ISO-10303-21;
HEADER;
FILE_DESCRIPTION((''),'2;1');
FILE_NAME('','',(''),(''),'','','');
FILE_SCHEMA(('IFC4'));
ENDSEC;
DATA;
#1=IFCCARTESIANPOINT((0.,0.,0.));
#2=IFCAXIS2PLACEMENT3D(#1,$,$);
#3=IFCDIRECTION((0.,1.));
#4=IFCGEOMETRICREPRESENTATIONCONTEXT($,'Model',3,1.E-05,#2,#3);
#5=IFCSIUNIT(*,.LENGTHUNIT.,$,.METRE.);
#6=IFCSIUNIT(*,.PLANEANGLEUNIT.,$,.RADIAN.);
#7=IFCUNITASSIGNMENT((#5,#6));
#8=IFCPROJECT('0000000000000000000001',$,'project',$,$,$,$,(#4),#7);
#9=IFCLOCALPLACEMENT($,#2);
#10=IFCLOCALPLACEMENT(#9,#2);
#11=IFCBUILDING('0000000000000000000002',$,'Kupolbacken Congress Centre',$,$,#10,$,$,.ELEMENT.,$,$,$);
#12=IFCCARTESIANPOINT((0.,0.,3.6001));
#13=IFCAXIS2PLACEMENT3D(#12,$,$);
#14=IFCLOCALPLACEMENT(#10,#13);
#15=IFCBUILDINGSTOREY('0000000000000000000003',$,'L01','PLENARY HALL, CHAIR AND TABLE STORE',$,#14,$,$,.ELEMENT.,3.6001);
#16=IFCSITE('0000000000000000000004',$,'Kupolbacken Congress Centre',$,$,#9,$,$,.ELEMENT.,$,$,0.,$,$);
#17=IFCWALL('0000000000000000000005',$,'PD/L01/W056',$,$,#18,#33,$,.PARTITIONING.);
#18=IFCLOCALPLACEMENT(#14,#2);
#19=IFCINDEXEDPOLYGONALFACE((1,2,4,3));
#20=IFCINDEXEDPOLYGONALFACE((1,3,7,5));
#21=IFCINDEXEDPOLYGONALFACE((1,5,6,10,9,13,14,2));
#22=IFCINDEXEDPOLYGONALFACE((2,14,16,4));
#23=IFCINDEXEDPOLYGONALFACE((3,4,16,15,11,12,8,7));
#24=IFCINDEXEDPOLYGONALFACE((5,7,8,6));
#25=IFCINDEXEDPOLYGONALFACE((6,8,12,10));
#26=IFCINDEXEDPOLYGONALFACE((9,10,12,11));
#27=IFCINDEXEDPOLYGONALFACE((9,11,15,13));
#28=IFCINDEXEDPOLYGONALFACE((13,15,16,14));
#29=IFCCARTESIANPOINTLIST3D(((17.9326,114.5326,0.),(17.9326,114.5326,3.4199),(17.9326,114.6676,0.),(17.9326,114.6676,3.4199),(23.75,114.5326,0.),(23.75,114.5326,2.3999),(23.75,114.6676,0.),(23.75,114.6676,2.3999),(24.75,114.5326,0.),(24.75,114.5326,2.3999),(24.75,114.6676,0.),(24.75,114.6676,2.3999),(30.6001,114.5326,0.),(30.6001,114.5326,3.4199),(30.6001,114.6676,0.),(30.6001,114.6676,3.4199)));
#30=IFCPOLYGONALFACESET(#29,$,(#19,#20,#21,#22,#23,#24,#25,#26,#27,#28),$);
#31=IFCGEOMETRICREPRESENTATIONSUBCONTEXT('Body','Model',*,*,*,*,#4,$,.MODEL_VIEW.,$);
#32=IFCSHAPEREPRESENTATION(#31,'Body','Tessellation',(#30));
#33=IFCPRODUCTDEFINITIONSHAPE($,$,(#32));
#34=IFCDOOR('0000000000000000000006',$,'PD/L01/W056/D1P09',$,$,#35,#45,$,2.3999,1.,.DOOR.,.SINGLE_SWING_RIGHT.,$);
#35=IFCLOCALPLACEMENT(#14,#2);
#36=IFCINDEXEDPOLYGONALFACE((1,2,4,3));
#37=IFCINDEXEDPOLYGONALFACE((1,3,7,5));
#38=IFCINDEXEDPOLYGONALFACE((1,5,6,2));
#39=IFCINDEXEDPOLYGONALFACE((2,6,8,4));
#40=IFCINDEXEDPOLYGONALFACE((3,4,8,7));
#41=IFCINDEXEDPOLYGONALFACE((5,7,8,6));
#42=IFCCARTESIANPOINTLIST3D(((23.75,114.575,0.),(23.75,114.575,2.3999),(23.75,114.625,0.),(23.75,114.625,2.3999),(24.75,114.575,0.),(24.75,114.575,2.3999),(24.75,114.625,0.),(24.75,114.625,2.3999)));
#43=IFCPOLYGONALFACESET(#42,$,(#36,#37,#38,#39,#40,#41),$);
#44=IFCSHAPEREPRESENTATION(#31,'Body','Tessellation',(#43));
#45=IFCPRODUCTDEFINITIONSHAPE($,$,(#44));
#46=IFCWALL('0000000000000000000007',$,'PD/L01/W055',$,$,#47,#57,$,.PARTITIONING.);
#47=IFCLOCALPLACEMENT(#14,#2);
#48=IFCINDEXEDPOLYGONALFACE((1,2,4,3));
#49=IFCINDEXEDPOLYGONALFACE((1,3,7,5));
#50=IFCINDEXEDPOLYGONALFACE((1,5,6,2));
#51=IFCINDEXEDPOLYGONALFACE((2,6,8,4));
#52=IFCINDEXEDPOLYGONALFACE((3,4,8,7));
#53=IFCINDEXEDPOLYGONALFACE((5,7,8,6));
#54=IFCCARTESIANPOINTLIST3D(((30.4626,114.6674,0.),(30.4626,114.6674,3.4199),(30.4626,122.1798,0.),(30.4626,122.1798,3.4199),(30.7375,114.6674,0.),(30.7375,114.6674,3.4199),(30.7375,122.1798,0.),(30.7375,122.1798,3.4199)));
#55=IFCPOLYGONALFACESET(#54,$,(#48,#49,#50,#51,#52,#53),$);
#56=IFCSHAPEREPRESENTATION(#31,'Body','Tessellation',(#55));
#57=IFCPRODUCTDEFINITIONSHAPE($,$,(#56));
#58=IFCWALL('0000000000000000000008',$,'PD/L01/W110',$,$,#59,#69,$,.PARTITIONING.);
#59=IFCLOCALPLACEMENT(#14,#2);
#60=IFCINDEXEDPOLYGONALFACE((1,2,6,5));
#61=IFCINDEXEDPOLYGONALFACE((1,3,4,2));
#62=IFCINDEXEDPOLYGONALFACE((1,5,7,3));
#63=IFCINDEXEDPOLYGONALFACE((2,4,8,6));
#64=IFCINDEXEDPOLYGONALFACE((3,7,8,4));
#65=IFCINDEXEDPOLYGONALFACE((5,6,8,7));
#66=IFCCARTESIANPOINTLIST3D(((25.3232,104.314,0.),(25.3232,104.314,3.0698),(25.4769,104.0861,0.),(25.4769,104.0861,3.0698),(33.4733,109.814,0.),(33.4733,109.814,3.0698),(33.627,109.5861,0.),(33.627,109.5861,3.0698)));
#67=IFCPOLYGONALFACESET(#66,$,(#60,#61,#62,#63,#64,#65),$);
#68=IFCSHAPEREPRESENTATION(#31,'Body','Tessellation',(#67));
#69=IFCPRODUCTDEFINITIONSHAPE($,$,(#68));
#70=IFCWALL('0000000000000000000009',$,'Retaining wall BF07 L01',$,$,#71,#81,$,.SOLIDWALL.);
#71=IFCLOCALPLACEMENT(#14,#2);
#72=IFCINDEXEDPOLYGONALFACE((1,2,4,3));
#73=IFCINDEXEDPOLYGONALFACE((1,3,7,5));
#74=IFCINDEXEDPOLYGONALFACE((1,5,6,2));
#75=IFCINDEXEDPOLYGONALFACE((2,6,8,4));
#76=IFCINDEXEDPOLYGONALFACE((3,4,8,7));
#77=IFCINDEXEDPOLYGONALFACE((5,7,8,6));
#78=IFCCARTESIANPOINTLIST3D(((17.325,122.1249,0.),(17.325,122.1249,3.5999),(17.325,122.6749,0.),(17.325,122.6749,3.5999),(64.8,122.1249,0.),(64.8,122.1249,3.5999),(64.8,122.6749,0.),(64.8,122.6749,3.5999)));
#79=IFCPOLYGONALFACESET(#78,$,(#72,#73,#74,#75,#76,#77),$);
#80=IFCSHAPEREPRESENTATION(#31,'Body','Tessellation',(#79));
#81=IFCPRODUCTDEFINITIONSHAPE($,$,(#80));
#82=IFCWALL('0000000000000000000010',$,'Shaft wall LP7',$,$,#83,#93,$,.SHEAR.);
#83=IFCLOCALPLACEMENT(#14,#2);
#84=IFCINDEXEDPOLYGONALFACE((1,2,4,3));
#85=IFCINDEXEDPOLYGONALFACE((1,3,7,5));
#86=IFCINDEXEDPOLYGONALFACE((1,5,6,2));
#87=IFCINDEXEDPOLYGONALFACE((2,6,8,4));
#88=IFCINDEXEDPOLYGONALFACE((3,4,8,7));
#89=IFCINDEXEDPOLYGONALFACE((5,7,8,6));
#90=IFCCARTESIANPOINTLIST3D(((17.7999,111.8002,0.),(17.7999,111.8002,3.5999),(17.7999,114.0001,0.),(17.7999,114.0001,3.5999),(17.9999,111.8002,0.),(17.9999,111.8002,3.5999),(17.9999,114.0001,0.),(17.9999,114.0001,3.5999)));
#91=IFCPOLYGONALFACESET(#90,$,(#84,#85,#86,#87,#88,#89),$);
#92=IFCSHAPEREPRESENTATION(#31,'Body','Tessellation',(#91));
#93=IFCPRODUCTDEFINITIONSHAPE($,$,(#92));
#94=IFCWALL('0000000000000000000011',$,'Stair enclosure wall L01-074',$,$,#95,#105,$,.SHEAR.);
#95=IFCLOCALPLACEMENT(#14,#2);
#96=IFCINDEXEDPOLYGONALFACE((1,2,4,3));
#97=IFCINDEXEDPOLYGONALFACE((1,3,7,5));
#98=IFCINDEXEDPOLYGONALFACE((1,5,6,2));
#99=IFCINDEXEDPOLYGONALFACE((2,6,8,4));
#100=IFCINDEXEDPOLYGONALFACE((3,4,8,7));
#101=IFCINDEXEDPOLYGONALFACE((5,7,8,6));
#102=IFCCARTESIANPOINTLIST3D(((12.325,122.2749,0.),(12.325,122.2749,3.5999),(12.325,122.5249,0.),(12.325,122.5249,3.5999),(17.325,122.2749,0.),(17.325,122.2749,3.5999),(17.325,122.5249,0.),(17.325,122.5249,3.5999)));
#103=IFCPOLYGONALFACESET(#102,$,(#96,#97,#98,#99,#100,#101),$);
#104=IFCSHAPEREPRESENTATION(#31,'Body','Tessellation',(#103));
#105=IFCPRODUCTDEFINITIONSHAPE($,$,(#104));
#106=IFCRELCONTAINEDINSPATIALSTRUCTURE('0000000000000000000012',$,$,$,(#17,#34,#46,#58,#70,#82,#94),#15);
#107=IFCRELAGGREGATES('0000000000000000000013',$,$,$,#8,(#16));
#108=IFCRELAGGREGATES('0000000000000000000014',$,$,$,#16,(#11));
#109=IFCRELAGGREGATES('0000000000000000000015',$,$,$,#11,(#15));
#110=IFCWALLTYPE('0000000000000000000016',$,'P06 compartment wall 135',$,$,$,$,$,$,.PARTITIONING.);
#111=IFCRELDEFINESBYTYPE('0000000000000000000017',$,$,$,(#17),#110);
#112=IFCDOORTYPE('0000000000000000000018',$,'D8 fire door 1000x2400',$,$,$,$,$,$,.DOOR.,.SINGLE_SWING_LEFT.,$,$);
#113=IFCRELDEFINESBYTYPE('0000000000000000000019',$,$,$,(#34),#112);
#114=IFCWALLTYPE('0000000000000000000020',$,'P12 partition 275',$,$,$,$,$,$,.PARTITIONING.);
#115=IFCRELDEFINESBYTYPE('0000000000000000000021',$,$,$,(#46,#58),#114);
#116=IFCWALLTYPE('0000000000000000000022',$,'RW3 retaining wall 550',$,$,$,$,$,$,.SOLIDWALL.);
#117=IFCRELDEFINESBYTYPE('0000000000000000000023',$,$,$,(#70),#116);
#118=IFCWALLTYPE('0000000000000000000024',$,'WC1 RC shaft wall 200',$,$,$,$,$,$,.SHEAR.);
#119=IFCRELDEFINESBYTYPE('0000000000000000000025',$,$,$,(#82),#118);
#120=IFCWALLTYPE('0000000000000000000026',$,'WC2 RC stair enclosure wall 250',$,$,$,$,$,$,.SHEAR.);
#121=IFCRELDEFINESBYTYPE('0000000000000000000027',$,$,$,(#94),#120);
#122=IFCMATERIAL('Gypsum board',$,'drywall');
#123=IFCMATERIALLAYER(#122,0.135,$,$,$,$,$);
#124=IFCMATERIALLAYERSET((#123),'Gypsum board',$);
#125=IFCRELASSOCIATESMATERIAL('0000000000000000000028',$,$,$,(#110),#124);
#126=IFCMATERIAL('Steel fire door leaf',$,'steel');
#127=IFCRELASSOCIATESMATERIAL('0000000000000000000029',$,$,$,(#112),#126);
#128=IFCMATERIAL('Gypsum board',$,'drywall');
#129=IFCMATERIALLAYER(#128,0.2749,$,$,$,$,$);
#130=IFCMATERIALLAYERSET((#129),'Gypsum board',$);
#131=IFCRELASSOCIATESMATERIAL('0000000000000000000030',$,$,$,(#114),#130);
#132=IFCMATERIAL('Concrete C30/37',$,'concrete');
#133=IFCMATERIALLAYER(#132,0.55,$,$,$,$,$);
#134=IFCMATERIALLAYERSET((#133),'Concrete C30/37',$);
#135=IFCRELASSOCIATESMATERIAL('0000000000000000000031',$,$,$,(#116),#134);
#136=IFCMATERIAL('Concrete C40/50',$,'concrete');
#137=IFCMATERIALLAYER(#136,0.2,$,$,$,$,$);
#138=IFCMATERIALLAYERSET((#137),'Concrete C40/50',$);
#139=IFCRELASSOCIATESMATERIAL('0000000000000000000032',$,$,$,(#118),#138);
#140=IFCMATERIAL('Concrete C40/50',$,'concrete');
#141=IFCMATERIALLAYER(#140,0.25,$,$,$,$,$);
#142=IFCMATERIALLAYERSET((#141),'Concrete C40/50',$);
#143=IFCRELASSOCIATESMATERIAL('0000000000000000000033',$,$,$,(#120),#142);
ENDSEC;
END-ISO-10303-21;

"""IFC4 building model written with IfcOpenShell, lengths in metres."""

from ifc_helpers import new_model, si_unit, direction, frame, frame_2d, origin, place, context, subcontext, project, spatial, rectangle, extrude, material, layer, layer_set, type_object, element, fill, save


model = new_model("IFC4")

# Units and contexts
model_context = context("Model", 3, precision=1e-05, world=origin(), true_north=direction((0.0, 1.0)))
body_context = subcontext(model_context, "Body", "Model", "MODEL_VIEW")
ifc_project = project(units=[si_unit("LENGTHUNIT", "METRE"), si_unit("PLANEANGLEUNIT", "RADIAN")], contexts=[model_context])

# Site, building, storey
site_placement = place(None, origin())
site = spatial("IfcSite", under=ifc_project, at=site_placement, Name="Kupolbacken Congress Centre", CompositionType="ELEMENT", RefElevation=0.0)
building_placement = place(site_placement, origin())
building = spatial("IfcBuilding", under=site, at=building_placement, Name="Kupolbacken Congress Centre", CompositionType="ELEMENT")
storey_placement = place(building_placement, frame((0.0, 0.0, 3.6001)))
storey = spatial("IfcBuildingStorey", under=building, at=storey_placement, Name="L01", Description="PLENARY HALL, CHAIR AND TABLE STORE", CompositionType="ELEMENT", Elevation=3.6001)

# Shared definitions
ifc_material_1 = material(Name="Gypsum board", Category="drywall")
ifc_layer_1 = layer(ifc_material_1, 0.135)
ifc_layer_set_1 = layer_set([ifc_layer_1], Name="Gypsum board")
wall_type_1 = type_object("IfcWallType", Name="P06 compartment wall 135", PredefinedType="PARTITIONING", material=ifc_layer_set_1)

# Wall, opening, door
wall_1_placement = place(storey_placement, frame((30.6001, 114.6001, 0.0), z_axis=(0.0, 0.0, 1.0), x_axis=(-1.0, 0.0, 0.0)))
wall_1 = element("IfcWall", 1, at=wall_1_placement, inside=storey, type_object=wall_type_1, Name="PD/L01/W056", PredefinedType="PARTITIONING", context=body_context, shape_type="SweptSolid", body=[
    extrude(rectangle(XDim=12.6675, YDim=0.135, at=frame_2d((6.3337, 0.0))), origin(), (0.0, 0.0, 1.0), 3.4199),
])
opening_placement = place(wall_1_placement, frame((5.8501, 0.0, 0.0)))
opening = element("IfcOpeningElement", 2, at=opening_placement, cuts=wall_1, PredefinedType="OPENING", context=body_context, shape_type="SweptSolid", body=[
    extrude(rectangle(XDim=1.0, YDim=2.3999, at=frame_2d((0.5, 1.2))), frame((0.0, 0.0774, 0.0), z_axis=(0.0, -1.0, 0.0), x_axis=(1.0, 0.0, 0.0)), (0.0, 0.0, 1.0), 0.155),
])
ifc_material_2 = material(Name="Steel fire door leaf", Category="steel")
door_type = type_object("IfcDoorType", Name="D8 fire door 1000x2400", OperationType="SINGLE_SWING_LEFT", PredefinedType="DOOR", material=ifc_material_2)
door_placement = place(opening_placement, frame((1.0, 0.0, 0.0), z_axis=(0.0, 0.0, 1.0), x_axis=(-1.0, 0.0, 0.0)))
door = element("IfcDoor", 3, at=door_placement, inside=storey, type_object=door_type, Name="PD/L01/W056/D1P09", OperationType="SINGLE_SWING_RIGHT", OverallHeight=2.3999, OverallWidth=1.0, PredefinedType="DOOR", context=body_context, shape_type="SweptSolid", body=[
    extrude(rectangle(XDim=1.0, YDim=2.3999, at=frame_2d((0.5, 1.2))), frame((0.0, 0.0249, 0.0), z_axis=(0.0, -1.0, 0.0), x_axis=(1.0, 0.0, 0.0)), (0.0, 0.0, 1.0), 0.05),
])
fill(opening, door)

# Walls
ifc_material_3 = material(Name="Gypsum board", Category="drywall")
ifc_layer_2 = layer(ifc_material_3, 0.2749)
ifc_layer_set_2 = layer_set([ifc_layer_2], Name="Gypsum board")
wall_type_2 = type_object("IfcWallType", Name="P12 partition 275", PredefinedType="PARTITIONING", material=ifc_layer_set_2)
wall_2_placement = place(storey_placement, frame((30.6001, 122.1799, 0.0), z_axis=(0.0, 0.0, 1.0), x_axis=(0.0, -1.0, 0.0)))
element("IfcWall", 4, at=wall_2_placement, inside=storey, type_object=wall_type_2, Name="PD/L01/W055", PredefinedType="PARTITIONING", context=body_context, shape_type="SweptSolid", body=[
    extrude(rectangle(XDim=7.5125, YDim=0.2749, at=frame_2d((3.7563, 0.0))), origin(), (0.0, 0.0, 1.0), 3.4199),
])
wall_3_placement = place(storey_placement, frame((33.55, 109.7, 0.0), z_axis=(0.0, 0.0, 1.0), x_axis=(-0.828912, -0.559379, 0.0)))
element("IfcWall", 5, at=wall_3_placement, inside=storey, type_object=wall_type_2, Name="PD/L01/W110", PredefinedType="PARTITIONING", context=body_context, shape_type="SweptSolid", body=[
    extrude(rectangle(XDim=9.8323, YDim=0.2749, at=frame_2d((4.916, 0.0))), origin(), (0.0, 0.0, 1.0), 3.0698),
])
ifc_material_4 = material(Name="Concrete C30/37", Category="concrete")
ifc_layer_3 = layer(ifc_material_4, 0.55)
ifc_layer_set_3 = layer_set([ifc_layer_3], Name="Concrete C30/37")
wall_type_3 = type_object("IfcWallType", Name="RW3 retaining wall 550", PredefinedType="SOLIDWALL", material=ifc_layer_set_3)
wall_4_placement = place(storey_placement, frame((17.325, 122.3999, 0.0), z_axis=(0.0, 0.0, 1.0), x_axis=(1.0, 0.0, 0.0)))
element("IfcWall", 6, at=wall_4_placement, inside=storey, type_object=wall_type_3, Name="Retaining wall BF07 L01", PredefinedType="SOLIDWALL", context=body_context, shape_type="SweptSolid", body=[
    extrude(rectangle(XDim=47.4751, YDim=0.55, at=frame_2d((23.7375, 0.0))), origin(), (0.0, 0.0, 1.0), 3.5999),
])
ifc_material_5 = material(Name="Concrete C40/50", Category="concrete")
ifc_layer_4 = layer(ifc_material_5, 0.2)
ifc_layer_set_4 = layer_set([ifc_layer_4], Name="Concrete C40/50")
wall_type_4 = type_object("IfcWallType", Name="WC1 RC shaft wall 200", PredefinedType="SHEAR", material=ifc_layer_set_4)
wall_5_placement = place(storey_placement, frame((17.8999, 111.8, 0.0), z_axis=(0.0, 0.0, 1.0), x_axis=(0.0, 1.0, 0.0)))
element("IfcWall", 7, at=wall_5_placement, inside=storey, type_object=wall_type_4, Name="Shaft wall LP7", PredefinedType="SHEAR", context=body_context, shape_type="SweptSolid", body=[
    extrude(rectangle(XDim=2.2, YDim=0.2, at=frame_2d((1.1001, 0.0))), origin(), (0.0, 0.0, 1.0), 3.5999),
])
ifc_material_6 = material(Name="Concrete C40/50", Category="concrete")
ifc_layer_5 = layer(ifc_material_6, 0.25)
ifc_layer_set_5 = layer_set([ifc_layer_5], Name="Concrete C40/50")
wall_type_5 = type_object("IfcWallType", Name="WC2 RC stair enclosure wall 250", PredefinedType="SHEAR", material=ifc_layer_set_5)
wall_6_placement = place(storey_placement, frame((17.325, 122.3999, 0.0), z_axis=(0.0, 0.0, 1.0), x_axis=(-1.0, 0.0, 0.0)))
element("IfcWall", 8, at=wall_6_placement, inside=storey, type_object=wall_type_5, Name="Stair enclosure wall L01-074", PredefinedType="SHEAR", context=body_context, shape_type="SweptSolid", body=[
    extrude(rectangle(XDim=5.0, YDim=0.25, at=frame_2d((2.5, 0.0))), origin(), (0.0, 0.0, 1.0), 3.5999),
])

save(model, "model.ifc")
